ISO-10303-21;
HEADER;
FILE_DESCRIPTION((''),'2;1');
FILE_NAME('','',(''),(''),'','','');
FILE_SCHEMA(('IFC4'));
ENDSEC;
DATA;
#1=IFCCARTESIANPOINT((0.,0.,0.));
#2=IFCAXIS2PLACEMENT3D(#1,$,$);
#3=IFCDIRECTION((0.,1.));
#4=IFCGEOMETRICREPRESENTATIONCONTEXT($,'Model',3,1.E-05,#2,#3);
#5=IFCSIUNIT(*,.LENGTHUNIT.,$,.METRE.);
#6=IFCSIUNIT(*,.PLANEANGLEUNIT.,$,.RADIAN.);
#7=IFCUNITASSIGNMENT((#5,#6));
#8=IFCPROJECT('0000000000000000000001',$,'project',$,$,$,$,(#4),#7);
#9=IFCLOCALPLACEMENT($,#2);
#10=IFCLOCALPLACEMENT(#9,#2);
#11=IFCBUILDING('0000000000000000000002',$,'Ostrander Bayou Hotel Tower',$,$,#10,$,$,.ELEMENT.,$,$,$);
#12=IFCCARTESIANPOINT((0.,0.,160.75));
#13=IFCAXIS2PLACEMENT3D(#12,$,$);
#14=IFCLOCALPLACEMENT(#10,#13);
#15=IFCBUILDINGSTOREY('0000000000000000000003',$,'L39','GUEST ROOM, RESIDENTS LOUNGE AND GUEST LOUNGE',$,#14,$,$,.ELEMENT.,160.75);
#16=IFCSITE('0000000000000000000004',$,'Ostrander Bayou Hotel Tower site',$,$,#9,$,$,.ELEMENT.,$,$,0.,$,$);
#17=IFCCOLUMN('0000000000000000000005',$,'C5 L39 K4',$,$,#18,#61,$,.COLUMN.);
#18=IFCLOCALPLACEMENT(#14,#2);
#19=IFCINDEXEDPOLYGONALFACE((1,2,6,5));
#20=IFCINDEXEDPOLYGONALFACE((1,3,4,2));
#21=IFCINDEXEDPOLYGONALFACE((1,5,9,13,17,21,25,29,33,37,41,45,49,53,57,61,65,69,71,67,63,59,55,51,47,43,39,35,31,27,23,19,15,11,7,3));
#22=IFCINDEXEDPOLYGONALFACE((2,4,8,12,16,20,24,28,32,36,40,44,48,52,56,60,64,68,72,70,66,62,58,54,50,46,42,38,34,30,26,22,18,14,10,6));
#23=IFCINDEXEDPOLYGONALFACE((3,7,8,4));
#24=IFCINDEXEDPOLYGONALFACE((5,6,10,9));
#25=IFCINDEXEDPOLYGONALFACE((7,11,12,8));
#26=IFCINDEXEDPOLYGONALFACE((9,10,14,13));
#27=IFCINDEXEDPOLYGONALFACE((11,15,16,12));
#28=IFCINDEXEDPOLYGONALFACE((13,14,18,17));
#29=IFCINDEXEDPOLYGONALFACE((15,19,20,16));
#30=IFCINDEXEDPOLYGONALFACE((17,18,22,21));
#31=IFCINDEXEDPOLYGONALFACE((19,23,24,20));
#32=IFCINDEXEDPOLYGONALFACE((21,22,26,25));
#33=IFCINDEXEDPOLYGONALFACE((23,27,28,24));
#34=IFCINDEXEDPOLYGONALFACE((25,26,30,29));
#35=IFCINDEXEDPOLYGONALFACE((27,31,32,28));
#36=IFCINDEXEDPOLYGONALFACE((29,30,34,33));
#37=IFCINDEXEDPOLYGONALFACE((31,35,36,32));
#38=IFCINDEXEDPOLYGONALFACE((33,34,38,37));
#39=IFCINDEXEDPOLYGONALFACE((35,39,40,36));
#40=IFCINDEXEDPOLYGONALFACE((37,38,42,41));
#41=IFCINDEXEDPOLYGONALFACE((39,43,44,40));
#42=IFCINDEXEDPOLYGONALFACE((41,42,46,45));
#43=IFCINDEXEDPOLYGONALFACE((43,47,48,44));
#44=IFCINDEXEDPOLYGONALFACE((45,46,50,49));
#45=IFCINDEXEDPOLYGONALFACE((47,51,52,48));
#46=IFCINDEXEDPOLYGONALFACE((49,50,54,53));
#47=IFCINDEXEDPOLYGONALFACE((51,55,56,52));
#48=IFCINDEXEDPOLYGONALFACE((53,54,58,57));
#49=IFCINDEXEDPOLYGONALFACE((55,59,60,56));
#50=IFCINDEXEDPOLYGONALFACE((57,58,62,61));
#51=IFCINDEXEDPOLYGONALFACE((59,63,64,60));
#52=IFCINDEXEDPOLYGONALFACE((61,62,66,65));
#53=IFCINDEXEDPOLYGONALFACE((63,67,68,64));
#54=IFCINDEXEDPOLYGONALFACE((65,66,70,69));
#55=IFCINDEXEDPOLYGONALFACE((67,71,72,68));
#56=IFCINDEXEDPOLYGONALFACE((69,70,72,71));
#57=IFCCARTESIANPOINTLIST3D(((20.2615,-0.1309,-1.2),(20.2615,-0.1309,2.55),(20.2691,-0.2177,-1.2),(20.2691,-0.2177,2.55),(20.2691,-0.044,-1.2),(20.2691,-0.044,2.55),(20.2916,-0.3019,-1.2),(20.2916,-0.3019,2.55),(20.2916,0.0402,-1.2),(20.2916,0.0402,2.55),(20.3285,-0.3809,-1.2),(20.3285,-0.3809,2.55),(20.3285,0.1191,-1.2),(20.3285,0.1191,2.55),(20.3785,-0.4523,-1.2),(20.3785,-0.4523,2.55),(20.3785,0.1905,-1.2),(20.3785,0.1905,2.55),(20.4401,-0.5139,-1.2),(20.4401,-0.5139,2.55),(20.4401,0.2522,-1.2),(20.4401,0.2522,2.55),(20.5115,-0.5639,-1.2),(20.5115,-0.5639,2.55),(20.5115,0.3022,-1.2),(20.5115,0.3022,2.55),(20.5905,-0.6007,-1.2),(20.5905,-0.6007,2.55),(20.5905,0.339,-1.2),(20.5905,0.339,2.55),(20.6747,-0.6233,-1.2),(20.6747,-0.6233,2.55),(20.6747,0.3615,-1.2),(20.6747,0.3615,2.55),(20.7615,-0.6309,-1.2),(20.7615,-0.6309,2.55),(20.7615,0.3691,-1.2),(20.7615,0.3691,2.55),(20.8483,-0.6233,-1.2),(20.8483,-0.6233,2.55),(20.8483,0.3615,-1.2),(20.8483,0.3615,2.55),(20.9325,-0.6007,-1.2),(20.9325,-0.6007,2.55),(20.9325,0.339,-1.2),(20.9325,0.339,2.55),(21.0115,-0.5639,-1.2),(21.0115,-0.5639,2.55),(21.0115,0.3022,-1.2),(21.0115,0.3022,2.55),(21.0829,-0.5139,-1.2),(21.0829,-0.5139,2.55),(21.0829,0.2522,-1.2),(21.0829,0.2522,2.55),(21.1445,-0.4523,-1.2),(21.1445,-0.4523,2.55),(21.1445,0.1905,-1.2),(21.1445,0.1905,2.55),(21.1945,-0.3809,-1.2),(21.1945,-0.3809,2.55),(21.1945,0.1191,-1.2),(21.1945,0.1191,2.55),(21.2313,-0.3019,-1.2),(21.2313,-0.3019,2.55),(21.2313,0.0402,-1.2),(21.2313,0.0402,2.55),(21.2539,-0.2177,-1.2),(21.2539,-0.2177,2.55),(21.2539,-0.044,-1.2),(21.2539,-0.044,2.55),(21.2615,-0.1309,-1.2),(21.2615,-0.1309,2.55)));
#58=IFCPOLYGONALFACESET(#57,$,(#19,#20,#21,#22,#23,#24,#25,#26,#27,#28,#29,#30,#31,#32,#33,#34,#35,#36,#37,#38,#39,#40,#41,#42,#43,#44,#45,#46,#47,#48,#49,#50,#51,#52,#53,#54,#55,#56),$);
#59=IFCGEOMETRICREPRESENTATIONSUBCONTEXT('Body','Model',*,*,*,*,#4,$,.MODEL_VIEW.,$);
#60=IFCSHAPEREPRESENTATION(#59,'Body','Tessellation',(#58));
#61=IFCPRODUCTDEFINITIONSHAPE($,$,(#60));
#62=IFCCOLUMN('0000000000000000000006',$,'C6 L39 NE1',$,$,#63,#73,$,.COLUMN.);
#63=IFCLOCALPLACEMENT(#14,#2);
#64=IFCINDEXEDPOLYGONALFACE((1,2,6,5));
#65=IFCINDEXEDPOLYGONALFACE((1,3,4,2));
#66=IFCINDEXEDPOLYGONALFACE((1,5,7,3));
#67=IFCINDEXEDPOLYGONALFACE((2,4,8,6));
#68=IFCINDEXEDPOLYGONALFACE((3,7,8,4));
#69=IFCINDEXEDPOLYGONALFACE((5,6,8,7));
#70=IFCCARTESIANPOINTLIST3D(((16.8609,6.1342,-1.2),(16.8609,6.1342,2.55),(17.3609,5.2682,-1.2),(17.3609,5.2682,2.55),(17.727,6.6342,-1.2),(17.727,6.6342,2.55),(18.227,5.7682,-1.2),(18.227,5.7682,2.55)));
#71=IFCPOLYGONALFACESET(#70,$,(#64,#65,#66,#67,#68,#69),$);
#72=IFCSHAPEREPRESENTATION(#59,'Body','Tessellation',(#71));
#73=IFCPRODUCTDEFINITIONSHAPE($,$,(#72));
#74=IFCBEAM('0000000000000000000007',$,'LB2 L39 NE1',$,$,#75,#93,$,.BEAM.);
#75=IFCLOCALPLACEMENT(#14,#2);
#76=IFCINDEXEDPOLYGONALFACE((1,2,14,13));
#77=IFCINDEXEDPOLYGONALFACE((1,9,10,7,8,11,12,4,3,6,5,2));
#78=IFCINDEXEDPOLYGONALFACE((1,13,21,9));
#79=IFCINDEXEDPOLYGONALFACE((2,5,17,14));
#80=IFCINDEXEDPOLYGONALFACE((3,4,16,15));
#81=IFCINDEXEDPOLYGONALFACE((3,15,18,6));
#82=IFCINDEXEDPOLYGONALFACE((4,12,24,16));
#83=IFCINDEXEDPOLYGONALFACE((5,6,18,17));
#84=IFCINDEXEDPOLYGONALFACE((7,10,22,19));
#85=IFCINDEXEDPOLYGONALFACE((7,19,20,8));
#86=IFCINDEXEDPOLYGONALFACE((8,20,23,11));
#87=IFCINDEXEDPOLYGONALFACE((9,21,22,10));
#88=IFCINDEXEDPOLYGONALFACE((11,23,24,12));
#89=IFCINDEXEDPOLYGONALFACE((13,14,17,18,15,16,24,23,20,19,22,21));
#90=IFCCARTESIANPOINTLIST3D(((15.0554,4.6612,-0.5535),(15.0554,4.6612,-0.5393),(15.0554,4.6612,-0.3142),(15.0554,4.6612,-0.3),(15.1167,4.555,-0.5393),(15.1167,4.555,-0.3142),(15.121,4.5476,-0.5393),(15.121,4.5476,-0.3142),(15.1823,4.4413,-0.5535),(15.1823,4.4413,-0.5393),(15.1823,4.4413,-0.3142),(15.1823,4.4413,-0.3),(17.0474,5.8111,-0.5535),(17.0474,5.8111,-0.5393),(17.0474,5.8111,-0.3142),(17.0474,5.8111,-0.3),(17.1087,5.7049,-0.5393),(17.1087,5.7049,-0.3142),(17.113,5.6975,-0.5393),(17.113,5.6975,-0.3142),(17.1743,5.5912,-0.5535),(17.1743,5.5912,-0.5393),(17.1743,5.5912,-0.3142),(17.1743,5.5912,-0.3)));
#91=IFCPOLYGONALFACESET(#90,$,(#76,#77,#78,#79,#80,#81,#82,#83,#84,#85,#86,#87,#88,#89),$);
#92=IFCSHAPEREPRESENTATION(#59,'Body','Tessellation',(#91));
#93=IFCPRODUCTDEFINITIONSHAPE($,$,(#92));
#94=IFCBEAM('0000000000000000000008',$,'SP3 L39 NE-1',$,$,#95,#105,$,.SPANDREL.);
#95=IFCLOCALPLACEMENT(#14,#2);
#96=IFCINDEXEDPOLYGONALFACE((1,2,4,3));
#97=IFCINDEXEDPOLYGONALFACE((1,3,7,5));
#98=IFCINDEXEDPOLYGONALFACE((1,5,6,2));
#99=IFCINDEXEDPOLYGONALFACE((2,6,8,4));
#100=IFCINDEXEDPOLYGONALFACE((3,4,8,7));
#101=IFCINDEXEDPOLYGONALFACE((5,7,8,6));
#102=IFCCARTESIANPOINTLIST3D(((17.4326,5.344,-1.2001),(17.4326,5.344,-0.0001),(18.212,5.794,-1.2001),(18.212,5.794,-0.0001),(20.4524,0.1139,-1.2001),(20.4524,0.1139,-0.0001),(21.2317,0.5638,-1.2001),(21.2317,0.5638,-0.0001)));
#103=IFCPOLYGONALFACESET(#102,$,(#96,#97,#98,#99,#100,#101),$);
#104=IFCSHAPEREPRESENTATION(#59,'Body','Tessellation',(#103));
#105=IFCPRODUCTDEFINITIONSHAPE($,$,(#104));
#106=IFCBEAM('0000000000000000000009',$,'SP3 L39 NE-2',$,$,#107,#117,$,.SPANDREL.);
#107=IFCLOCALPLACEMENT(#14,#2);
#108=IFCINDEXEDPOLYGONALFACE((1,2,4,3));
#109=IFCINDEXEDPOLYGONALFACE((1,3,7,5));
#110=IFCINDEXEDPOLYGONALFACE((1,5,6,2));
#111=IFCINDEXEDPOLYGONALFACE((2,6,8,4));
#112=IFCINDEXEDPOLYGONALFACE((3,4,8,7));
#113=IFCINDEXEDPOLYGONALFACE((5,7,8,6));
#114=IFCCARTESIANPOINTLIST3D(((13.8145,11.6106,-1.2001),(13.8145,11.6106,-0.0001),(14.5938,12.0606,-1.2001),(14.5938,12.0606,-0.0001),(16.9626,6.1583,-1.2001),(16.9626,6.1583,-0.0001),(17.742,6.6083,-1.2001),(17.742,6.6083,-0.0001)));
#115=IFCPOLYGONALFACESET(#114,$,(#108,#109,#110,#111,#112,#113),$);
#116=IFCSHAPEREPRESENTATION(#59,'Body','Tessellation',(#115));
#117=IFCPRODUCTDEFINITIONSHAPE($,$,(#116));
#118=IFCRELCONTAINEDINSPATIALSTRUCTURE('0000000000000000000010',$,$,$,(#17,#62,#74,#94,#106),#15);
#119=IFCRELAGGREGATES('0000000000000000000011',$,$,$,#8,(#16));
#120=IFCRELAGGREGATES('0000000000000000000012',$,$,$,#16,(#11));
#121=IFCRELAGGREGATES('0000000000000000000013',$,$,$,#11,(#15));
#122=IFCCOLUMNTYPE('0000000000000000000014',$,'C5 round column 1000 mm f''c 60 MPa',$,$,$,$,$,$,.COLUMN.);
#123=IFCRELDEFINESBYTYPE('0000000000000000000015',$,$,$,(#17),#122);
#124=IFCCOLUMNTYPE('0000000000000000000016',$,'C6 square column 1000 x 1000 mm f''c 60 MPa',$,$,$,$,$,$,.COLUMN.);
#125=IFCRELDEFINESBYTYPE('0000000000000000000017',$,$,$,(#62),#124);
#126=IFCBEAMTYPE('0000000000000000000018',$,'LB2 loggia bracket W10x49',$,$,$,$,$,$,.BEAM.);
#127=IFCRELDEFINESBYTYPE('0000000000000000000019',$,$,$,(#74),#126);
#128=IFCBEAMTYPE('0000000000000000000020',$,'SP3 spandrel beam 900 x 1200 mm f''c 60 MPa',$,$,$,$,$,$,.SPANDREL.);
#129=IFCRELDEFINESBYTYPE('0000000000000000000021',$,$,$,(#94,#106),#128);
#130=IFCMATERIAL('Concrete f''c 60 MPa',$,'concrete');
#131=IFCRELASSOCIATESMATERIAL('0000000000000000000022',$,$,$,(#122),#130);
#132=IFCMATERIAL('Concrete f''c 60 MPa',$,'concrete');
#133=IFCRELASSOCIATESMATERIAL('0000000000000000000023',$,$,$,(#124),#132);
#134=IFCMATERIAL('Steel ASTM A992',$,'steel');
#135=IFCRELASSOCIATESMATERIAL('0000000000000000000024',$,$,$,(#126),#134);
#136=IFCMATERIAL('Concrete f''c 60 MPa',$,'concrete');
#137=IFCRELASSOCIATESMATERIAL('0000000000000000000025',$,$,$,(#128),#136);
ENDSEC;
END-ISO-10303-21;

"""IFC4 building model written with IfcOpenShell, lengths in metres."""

from ifc_helpers import new_model, si_unit, direction, frame, origin, origin_2d, place, context, subcontext, project, spatial, rectangle, circle, i_section, extrude, material, material_profile, profile_set, type_object, element, save


model = new_model("IFC4")

# Units and contexts
model_context = context("Model", 3, precision=1e-05, world=origin(), true_north=direction((0.0, 1.0)))
body_context = subcontext(model_context, "Body", "Model", "MODEL_VIEW")
ifc_project = project(units=[si_unit("LENGTHUNIT", "METRE"), si_unit("PLANEANGLEUNIT", "RADIAN")], contexts=[model_context])

# Site, building, storey
site_placement = place(None, origin())
site = spatial("IfcSite", under=ifc_project, at=site_placement, Name="Ostrander Bayou Hotel Tower site", CompositionType="ELEMENT", RefElevation=0.0)
building_placement = place(site_placement, origin())
building = spatial("IfcBuilding", under=site, at=building_placement, Name="Ostrander Bayou Hotel Tower", CompositionType="ELEMENT")
storey_placement = place(building_placement, frame((0.0, 0.0, 160.75)))
storey = spatial("IfcBuildingStorey", under=building, at=storey_placement, Name="L39", Description="GUEST ROOM, RESIDENTS LOUNGE AND GUEST LOUNGE", CompositionType="ELEMENT", Elevation=160.75)

# Columns
ifc_material_1 = material(Name="Concrete f'c 60 MPa", Category="concrete")
ifc_material_profile_1 = material_profile(ifc_material_1, circle(Radius=0.5, at=origin_2d()))
ifc_profile_set_1 = profile_set([ifc_material_profile_1], Name="Concrete f'c 60 MPa")
column_type_1 = type_object("IfcColumnType", Name="C5 round column 1000 mm f'c 60 MPa", PredefinedType="COLUMN", material=ifc_profile_set_1)
column_1_placement = place(storey_placement, frame((20.7615, -0.1309, -1.2), z_axis=(0.0, 0.0, 1.0), x_axis=(1.0, 0.0, 0.0)))
element("IfcColumn", 1, at=column_1_placement, inside=storey, type_object=column_type_1, Name="C5 L39 K4", PredefinedType="COLUMN", context=body_context, shape_type="SweptSolid", body=[
    extrude(circle(Radius=0.5, at=origin_2d()), origin(), (0.0, 0.0, 1.0), 3.75),
])
ifc_material_2 = material(Name="Concrete f'c 60 MPa", Category="concrete")
ifc_material_profile_2 = material_profile(ifc_material_2, rectangle(XDim=1.0, YDim=1.0, at=origin_2d()))
ifc_profile_set_2 = profile_set([ifc_material_profile_2], Name="Concrete f'c 60 MPa")
column_type_2 = type_object("IfcColumnType", Name="C6 square column 1000 x 1000 mm f'c 60 MPa", PredefinedType="COLUMN", material=ifc_profile_set_2)
column_2_placement = place(storey_placement, frame((17.5439, 5.9512, -1.2), z_axis=(0.0, 0.0, 1.0), x_axis=(0.5, -0.866025, 0.0)))
element("IfcColumn", 2, at=column_2_placement, inside=storey, type_object=column_type_2, Name="C6 L39 NE1", PredefinedType="COLUMN", context=body_context, shape_type="SweptSolid", body=[
    extrude(rectangle(XDim=1.0, YDim=1.0, at=origin_2d()), origin(), (0.0, 0.0, 1.0), 3.75),
])

# Beams
ifc_material_3 = material(Name="Steel ASTM A992", Category="steel")
ifc_material_profile_3 = material_profile(ifc_material_3, i_section(OverallWidth=0.2539, OverallDepth=0.2534, WebThickness=0.0085, FlangeThickness=0.0142, at=origin_2d()))
ifc_profile_set_3 = profile_set([ifc_material_profile_3], Name="Steel ASTM A992")
beam_type_1 = type_object("IfcBeamType", Name="LB2 loggia bracket W10x49", PredefinedType="BEAM", material=ifc_profile_set_3)
beam_1_placement = place(storey_placement, frame((17.1108, 5.7012, -0.4268), z_axis=(-0.866053, -0.499952, 0.0), x_axis=(0.499952, -0.866053, 0.0)))
element("IfcBeam", 3, at=beam_1_placement, inside=storey, type_object=beam_type_1, Name="LB2 L39 NE1", PredefinedType="BEAM", context=body_context, shape_type="SweptSolid", body=[
    extrude(i_section(OverallWidth=0.2539, OverallDepth=0.2534, WebThickness=0.0085, FlangeThickness=0.0142, at=origin_2d()), origin(), (0.0, 0.0, 1.0), 2.3),
])
ifc_material_4 = material(Name="Concrete f'c 60 MPa", Category="concrete")
ifc_material_profile_4 = material_profile(ifc_material_4, rectangle(XDim=0.8999, YDim=1.2, at=origin_2d()))
ifc_profile_set_4 = profile_set([ifc_material_profile_4], Name="Concrete f'c 60 MPa")
beam_type_2 = type_object("IfcBeamType", Name="SP3 spandrel beam 900 x 1200 mm f'c 60 MPa", PredefinedType="SPANDREL", material=ifc_profile_set_4)
beam_2_placement = place(storey_placement, frame((20.842, 0.3389, -0.6001), z_axis=(-0.500013, 0.866018, 0.0), x_axis=(-0.866018, -0.500013, 0.0)))
element("IfcBeam", 4, at=beam_2_placement, inside=storey, type_object=beam_type_2, Name="SP3 L39 NE-1", PredefinedType="SPANDREL", context=body_context, shape_type="SweptSolid", body=[
    extrude(rectangle(XDim=0.8999, YDim=1.2, at=origin_2d()), origin(), (0.0, 0.0, 1.0), 6.0393),
])
beam_3_placement = place(storey_placement, frame((17.3523, 6.3833, -0.6001), z_axis=(-0.50003, 0.866008, 0.0), x_axis=(-0.866008, -0.50003, 0.0)))
element("IfcBeam", 5, at=beam_3_placement, inside=storey, type_object=beam_type_2, Name="SP3 L39 NE-2", PredefinedType="SPANDREL", context=body_context, shape_type="SweptSolid", body=[
    extrude(rectangle(XDim=0.8999, YDim=1.2, at=origin_2d()), origin(), (0.0, 0.0, 1.0), 6.2959),
])

save(model, "model.ifc")
